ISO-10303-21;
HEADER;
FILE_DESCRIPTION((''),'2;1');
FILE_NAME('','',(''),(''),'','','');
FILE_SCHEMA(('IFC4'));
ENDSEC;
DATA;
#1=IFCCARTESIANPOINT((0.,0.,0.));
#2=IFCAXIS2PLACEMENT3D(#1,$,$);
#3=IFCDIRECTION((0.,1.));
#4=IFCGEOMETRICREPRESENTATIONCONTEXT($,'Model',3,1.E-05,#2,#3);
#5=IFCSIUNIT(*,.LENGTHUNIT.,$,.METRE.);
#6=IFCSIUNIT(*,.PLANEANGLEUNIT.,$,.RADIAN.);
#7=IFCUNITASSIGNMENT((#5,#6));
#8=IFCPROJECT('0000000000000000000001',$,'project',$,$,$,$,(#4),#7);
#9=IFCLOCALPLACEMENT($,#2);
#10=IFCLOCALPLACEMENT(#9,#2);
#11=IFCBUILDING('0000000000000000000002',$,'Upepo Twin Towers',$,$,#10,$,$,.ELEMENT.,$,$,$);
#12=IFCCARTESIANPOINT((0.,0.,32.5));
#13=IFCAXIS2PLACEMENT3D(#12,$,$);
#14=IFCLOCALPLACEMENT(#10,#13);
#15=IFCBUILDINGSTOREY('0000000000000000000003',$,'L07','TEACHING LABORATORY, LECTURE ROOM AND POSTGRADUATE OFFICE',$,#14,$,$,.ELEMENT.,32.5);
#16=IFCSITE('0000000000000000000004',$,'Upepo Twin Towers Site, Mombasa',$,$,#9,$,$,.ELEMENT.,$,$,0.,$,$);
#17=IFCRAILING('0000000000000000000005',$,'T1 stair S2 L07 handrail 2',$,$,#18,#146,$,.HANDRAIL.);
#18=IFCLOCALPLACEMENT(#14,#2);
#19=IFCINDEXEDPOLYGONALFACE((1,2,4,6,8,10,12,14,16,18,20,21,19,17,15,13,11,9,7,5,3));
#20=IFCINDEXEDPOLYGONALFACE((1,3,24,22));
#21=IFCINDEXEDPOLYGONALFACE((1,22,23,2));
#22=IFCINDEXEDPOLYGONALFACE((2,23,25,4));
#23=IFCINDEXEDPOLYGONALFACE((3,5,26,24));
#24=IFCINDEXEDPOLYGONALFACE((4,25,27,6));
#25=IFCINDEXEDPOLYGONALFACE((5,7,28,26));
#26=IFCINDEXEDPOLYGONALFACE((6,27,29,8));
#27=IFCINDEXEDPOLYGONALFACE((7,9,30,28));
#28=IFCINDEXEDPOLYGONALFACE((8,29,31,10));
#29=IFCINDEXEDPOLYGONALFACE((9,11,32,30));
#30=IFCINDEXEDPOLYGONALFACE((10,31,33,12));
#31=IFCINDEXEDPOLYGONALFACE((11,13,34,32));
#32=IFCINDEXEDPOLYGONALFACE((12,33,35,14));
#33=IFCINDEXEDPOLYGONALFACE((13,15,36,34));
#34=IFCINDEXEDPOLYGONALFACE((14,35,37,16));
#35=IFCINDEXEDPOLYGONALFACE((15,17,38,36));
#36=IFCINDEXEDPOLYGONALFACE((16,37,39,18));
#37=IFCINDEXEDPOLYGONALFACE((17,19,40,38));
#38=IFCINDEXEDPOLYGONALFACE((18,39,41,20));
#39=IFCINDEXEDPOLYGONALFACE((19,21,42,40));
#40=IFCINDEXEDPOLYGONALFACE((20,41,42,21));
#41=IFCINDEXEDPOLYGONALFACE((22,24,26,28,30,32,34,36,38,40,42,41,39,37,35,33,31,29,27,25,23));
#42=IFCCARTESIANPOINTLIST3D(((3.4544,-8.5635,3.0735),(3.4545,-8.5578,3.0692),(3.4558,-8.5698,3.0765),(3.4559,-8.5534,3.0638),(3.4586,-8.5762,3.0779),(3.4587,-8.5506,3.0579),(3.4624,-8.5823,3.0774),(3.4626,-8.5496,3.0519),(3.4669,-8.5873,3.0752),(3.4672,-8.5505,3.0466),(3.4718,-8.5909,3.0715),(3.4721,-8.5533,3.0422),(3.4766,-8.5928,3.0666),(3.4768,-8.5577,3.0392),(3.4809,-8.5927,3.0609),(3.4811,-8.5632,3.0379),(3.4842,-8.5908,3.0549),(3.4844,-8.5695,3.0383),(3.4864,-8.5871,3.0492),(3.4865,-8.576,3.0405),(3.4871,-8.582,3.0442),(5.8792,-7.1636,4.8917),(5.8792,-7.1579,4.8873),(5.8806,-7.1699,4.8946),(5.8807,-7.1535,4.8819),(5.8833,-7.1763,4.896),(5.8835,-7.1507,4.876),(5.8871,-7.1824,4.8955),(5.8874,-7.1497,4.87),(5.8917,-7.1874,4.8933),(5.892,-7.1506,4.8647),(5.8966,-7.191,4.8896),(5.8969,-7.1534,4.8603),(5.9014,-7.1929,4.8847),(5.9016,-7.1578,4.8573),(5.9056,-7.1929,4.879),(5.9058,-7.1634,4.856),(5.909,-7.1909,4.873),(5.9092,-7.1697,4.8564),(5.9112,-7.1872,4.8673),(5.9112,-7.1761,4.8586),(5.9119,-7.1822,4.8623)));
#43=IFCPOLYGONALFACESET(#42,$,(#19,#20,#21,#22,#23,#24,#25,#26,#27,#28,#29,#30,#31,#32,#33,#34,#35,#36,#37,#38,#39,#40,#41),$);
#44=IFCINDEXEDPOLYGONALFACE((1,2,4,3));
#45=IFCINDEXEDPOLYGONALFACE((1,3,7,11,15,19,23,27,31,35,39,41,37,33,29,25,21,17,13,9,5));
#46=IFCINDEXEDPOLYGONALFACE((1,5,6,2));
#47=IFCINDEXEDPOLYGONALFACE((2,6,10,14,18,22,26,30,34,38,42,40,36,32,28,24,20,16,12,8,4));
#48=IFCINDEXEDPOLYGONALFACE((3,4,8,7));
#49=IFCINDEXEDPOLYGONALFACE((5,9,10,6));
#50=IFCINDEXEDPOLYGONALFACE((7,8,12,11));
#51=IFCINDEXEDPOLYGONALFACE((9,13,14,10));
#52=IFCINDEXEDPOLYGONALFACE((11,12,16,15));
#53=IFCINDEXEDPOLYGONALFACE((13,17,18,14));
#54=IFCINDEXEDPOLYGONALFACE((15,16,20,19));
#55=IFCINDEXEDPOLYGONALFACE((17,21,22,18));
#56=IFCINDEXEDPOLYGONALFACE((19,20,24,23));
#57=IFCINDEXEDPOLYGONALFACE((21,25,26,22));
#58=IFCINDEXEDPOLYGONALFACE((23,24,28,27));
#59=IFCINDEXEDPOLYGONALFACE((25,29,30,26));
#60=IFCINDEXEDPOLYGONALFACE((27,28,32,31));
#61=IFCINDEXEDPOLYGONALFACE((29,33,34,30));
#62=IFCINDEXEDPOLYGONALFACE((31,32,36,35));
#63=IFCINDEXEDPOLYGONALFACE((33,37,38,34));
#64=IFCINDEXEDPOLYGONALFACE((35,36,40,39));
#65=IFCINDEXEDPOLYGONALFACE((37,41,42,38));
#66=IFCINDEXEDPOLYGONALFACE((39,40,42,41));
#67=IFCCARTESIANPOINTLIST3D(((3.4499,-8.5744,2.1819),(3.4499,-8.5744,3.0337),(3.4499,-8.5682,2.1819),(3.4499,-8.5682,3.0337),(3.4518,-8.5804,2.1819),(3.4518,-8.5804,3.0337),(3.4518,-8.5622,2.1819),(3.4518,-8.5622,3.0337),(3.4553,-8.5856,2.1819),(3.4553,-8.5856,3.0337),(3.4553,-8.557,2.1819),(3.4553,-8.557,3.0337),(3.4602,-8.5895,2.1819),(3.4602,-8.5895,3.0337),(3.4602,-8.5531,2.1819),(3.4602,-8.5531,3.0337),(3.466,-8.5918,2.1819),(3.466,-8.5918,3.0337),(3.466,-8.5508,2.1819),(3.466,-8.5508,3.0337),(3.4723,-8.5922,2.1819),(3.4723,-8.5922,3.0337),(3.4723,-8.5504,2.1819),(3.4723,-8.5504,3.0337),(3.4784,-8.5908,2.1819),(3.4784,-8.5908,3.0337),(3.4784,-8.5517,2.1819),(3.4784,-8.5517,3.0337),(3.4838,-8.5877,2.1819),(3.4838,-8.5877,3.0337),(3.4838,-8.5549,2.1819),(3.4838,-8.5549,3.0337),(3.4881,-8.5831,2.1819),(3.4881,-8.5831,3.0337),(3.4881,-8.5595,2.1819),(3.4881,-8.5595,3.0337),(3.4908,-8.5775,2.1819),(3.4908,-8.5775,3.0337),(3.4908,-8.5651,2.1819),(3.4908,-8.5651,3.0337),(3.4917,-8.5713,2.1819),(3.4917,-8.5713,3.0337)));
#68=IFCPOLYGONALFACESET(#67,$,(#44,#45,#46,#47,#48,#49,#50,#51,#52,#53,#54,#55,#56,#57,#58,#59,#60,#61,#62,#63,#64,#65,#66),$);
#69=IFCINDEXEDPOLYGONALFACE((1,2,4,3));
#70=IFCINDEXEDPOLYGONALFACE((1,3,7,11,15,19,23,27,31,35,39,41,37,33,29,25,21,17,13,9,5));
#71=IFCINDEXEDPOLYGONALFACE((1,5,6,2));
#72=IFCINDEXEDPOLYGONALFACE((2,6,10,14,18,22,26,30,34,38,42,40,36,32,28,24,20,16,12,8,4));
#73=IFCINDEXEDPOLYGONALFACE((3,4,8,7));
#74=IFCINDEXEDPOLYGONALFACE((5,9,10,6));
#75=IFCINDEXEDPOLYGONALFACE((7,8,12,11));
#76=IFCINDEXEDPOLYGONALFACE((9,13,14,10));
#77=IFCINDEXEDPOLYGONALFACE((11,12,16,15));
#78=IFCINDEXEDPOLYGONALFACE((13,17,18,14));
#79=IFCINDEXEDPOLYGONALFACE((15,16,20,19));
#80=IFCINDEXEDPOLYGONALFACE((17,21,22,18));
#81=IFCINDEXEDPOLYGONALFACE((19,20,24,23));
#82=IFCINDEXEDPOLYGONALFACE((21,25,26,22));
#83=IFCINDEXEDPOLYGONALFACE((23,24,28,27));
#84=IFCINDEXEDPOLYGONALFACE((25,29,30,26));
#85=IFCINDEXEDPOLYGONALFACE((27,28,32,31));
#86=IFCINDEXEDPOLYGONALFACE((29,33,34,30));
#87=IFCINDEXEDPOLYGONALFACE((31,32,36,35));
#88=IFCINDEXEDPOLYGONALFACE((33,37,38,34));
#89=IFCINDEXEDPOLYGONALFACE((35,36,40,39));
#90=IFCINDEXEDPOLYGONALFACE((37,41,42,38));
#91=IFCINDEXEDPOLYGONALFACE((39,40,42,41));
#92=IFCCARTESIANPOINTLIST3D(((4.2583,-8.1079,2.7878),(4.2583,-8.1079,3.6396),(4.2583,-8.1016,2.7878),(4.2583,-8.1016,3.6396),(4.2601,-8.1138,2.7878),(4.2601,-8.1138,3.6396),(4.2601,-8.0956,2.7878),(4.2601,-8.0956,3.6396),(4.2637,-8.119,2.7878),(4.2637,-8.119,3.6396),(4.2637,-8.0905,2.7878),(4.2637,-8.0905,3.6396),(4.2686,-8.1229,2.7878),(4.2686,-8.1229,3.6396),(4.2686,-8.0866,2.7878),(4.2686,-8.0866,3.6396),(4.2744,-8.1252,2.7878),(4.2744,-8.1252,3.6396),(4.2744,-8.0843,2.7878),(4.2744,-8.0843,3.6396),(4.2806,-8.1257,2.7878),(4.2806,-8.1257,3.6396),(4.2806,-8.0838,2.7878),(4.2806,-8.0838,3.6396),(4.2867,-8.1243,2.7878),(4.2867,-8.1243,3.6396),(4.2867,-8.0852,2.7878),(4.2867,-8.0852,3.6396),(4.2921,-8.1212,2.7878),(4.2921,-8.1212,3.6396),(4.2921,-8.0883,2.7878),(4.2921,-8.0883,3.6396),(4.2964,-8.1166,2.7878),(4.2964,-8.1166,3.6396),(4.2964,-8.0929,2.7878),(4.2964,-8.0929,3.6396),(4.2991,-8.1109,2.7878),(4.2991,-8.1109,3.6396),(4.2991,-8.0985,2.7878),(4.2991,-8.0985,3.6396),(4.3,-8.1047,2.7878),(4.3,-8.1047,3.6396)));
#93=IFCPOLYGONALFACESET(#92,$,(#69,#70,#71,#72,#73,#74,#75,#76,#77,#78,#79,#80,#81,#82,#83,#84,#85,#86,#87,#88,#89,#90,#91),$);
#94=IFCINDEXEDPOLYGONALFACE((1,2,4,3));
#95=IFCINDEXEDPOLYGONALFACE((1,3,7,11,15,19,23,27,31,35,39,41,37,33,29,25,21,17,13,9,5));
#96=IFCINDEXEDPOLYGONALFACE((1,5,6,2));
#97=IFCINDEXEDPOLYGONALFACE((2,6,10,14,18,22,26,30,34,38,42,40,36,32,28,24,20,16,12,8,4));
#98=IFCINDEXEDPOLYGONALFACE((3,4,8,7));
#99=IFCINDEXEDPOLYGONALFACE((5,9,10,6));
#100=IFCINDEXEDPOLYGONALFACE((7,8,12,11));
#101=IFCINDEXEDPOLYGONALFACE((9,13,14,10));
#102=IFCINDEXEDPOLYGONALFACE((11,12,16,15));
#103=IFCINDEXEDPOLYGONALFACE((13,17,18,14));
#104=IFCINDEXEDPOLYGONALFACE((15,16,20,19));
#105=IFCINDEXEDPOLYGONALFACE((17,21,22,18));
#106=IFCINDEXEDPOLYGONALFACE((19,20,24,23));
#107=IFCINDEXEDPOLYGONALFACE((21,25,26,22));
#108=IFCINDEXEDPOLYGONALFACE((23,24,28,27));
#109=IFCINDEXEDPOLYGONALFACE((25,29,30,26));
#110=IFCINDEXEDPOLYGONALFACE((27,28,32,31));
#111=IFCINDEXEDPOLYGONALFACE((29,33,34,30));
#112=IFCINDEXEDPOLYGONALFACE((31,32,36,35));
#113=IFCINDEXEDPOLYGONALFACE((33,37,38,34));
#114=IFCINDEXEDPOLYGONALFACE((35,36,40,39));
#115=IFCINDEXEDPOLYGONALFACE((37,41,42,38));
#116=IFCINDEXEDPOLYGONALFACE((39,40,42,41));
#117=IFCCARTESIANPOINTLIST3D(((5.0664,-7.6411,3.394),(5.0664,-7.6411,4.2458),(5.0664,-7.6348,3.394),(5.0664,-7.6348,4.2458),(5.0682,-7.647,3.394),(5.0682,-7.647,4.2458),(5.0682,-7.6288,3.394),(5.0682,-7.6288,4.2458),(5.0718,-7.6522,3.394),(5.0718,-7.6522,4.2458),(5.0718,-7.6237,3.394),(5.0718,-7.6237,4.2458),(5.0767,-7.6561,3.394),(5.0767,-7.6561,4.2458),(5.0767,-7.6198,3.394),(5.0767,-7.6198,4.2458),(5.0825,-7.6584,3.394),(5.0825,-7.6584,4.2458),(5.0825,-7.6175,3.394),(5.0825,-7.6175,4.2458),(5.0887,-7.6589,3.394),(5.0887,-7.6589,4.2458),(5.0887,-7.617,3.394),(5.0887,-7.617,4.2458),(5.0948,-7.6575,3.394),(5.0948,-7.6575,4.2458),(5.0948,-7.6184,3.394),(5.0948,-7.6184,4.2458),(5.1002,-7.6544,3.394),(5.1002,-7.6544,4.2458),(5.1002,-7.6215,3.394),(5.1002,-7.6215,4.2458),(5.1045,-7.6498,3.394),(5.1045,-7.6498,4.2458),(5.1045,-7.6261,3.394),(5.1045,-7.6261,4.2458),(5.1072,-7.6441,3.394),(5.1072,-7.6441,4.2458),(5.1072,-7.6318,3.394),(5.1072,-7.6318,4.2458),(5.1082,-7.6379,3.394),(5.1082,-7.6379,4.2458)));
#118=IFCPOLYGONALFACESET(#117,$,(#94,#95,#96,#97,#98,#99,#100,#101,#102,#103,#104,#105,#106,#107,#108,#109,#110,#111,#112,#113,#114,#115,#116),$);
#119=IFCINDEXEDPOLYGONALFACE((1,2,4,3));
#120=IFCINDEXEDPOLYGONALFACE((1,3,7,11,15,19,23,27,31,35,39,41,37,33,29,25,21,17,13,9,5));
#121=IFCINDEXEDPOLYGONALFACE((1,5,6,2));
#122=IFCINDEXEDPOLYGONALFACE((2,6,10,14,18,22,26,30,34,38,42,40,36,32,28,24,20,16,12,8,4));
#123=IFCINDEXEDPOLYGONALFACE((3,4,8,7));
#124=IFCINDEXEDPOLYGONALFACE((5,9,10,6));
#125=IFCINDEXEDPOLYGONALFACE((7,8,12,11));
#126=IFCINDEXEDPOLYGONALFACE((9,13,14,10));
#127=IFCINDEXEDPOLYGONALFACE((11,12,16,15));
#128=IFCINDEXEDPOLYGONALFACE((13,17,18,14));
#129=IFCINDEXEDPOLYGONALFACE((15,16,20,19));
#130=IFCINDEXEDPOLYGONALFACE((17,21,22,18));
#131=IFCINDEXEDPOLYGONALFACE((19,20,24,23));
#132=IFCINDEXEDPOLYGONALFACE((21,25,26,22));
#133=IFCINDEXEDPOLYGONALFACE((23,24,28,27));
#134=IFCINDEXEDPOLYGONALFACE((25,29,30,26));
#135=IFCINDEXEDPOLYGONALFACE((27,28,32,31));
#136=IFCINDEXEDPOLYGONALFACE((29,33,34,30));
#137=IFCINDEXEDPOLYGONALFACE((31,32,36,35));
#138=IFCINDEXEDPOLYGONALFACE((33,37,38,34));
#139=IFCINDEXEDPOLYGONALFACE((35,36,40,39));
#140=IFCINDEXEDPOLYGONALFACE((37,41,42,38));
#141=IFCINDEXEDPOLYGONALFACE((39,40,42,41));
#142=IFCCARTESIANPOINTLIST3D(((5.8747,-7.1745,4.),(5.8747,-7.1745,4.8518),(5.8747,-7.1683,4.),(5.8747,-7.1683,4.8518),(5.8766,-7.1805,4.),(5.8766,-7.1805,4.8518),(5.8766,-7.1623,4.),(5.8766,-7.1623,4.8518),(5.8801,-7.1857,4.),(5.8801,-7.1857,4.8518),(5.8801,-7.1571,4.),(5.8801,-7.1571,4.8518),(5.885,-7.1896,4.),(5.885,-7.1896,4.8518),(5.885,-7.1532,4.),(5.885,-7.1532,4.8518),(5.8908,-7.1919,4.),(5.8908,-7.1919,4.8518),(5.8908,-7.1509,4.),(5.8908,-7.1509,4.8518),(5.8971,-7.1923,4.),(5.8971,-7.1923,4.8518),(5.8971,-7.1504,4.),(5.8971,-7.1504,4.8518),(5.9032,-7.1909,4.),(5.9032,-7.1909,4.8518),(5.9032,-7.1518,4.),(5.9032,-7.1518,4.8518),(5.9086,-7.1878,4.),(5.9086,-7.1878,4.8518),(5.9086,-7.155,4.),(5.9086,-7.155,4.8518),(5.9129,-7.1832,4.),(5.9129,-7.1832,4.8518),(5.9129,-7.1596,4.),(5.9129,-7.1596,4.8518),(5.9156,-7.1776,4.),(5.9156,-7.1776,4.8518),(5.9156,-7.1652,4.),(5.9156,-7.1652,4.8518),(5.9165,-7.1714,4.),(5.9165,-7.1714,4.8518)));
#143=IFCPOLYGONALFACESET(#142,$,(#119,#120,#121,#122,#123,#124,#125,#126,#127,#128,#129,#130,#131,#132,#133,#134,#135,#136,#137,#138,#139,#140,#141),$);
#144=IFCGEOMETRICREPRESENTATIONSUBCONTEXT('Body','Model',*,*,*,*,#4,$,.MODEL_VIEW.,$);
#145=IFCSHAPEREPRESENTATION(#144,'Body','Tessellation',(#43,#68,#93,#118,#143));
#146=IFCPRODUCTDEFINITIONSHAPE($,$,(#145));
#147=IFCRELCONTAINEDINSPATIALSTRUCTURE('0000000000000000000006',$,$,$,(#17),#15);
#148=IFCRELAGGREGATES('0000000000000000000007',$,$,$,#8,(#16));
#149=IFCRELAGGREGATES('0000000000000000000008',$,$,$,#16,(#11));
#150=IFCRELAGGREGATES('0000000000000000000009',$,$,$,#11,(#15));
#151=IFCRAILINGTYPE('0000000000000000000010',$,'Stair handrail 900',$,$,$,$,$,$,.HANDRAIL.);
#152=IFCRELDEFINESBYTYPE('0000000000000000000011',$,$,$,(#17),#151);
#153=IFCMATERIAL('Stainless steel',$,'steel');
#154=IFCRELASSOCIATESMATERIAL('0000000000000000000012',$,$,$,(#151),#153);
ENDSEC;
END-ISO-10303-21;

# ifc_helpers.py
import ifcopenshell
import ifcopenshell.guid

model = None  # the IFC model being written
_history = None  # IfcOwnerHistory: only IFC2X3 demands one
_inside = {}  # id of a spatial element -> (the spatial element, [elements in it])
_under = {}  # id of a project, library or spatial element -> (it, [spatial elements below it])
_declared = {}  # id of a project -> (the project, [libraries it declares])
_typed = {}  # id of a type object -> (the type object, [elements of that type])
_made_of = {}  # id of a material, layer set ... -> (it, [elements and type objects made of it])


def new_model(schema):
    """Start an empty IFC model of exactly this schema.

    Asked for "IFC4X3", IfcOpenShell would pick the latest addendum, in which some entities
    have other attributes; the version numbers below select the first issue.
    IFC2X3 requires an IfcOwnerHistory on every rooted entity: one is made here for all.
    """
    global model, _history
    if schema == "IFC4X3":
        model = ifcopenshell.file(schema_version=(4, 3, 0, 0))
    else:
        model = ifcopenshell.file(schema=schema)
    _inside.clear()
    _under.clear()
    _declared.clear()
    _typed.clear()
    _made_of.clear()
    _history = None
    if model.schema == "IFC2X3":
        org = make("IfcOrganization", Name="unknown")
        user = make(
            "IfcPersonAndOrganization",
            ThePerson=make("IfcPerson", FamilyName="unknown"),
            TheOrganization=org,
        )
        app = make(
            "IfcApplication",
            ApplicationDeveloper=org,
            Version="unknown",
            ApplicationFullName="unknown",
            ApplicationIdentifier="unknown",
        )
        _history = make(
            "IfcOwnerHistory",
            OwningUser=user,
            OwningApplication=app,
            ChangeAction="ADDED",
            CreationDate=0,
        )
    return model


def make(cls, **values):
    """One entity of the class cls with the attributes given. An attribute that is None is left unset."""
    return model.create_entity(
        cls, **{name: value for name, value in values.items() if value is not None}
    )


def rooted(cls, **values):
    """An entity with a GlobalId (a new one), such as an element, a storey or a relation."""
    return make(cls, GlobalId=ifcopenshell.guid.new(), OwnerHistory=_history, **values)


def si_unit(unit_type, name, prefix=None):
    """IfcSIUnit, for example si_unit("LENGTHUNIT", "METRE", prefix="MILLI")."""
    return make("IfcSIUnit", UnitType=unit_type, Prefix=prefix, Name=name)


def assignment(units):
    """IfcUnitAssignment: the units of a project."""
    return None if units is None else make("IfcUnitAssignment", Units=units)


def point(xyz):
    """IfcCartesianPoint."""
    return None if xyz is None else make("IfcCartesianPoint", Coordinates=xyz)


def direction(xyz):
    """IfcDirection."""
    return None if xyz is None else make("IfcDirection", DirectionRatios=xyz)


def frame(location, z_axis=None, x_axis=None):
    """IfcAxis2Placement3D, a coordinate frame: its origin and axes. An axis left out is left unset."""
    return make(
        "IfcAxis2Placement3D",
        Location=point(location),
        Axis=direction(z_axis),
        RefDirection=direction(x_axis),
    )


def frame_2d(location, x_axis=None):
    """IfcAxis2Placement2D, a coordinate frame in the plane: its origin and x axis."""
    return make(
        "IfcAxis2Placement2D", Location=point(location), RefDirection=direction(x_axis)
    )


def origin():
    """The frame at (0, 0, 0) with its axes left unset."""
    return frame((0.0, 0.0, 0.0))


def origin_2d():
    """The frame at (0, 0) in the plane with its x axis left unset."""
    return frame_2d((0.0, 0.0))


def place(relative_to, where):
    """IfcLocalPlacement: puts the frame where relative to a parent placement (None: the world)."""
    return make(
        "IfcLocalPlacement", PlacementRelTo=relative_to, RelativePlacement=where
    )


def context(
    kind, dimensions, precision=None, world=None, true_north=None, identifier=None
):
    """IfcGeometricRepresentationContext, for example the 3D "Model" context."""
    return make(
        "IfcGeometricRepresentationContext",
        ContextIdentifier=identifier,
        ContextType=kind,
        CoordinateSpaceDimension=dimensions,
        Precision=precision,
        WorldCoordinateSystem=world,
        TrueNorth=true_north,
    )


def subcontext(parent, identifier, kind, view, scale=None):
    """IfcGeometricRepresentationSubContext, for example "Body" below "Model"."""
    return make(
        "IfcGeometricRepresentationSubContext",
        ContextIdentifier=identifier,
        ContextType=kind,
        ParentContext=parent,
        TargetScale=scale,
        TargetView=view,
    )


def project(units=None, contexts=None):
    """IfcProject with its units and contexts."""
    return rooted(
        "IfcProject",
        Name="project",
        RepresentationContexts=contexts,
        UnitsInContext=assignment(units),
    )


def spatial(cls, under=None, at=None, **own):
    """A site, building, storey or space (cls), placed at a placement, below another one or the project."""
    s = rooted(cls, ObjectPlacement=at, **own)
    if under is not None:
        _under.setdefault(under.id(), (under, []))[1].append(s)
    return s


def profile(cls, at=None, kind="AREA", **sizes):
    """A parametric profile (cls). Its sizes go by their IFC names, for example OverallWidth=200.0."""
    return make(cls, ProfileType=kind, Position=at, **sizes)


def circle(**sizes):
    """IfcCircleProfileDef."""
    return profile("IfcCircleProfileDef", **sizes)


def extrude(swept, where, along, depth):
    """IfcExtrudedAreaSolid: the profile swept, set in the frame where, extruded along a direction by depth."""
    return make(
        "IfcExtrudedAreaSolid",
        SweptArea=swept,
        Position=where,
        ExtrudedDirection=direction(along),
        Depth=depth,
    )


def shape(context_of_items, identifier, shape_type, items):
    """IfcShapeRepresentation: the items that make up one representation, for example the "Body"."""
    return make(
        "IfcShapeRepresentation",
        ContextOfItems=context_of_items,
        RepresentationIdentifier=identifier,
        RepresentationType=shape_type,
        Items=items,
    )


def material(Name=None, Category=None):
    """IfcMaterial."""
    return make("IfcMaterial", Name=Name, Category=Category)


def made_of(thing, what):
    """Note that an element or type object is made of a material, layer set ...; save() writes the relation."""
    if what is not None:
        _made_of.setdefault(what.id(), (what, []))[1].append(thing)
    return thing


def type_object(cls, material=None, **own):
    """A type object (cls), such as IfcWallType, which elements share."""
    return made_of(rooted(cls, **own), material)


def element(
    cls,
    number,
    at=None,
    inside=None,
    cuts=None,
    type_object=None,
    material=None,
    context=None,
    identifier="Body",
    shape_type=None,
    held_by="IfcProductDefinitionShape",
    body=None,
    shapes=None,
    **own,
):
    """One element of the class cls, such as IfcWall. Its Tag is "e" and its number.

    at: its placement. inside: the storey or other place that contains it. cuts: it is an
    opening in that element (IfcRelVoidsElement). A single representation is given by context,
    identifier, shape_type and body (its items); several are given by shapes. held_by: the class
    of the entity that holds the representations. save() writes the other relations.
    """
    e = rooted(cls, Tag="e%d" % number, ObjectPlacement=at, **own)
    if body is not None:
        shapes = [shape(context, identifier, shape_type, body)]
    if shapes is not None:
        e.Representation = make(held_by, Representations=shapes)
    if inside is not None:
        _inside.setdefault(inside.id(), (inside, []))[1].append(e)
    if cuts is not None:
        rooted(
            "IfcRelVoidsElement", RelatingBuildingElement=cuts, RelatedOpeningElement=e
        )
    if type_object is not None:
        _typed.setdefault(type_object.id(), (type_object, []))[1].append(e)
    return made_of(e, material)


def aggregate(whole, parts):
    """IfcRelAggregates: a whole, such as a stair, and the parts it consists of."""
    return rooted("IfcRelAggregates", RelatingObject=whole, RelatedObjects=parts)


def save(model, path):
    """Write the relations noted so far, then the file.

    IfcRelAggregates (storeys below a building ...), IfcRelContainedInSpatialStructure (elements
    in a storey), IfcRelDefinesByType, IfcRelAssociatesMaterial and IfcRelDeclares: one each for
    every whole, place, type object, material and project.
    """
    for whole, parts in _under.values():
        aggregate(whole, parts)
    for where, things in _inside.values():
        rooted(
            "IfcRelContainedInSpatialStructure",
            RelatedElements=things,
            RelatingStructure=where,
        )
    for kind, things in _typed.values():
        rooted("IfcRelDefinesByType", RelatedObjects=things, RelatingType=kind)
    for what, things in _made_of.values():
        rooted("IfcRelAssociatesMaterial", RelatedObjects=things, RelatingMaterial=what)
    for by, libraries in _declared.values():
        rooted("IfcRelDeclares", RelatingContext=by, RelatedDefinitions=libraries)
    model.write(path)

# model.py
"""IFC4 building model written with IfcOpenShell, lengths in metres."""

from ifc_helpers import new_model, si_unit, direction, frame, origin, origin_2d, place, context, subcontext, project, spatial, circle, extrude, material, type_object, element, save


model = new_model("IFC4")

# Units and contexts
model_context = context("Model", 3, precision=1e-05, world=origin(), true_north=direction((0.0, 1.0)))
body_context = subcontext(model_context, "Body", "Model", "MODEL_VIEW")
ifc_project = project(units=[si_unit("LENGTHUNIT", "METRE"), si_unit("PLANEANGLEUNIT", "RADIAN")], contexts=[model_context])

# Site, building, storey
site_placement = place(None, origin())
site = spatial("IfcSite", under=ifc_project, at=site_placement, Name="Upepo Twin Towers Site, Mombasa", CompositionType="ELEMENT", RefElevation=0.0)
building_placement = place(site_placement, origin())
building = spatial("IfcBuilding", under=site, at=building_placement, Name="Upepo Twin Towers", CompositionType="ELEMENT")
storey_placement = place(building_placement, frame((0.0, 0.0, 32.5)))
storey = spatial("IfcBuildingStorey", under=building, at=storey_placement, Name="L07", Description="TEACHING LABORATORY, LECTURE ROOM AND POSTGRADUATE OFFICE", CompositionType="ELEMENT", Elevation=32.5)

# Railing
ifc_material_1 = material(Name="Stainless steel", Category="steel")
railing_type = type_object("IfcRailingType", Name="Stair handrail 900", PredefinedType="HANDRAIL", material=ifc_material_1)
railing_1_placement = place(storey_placement, frame((3.4707, -8.5713, 2.1819)))
element("IfcRailing", 1, at=railing_1_placement, inside=storey, type_object=railing_type, Name="T1 stair S2 L07 handrail 2", PredefinedType="HANDRAIL", context=body_context, shape_type="SweptSolid", body=[
    extrude(circle(Radius=0.0239, at=origin_2d()), frame((0.0, 0.0, 0.876), z_axis=(0.726336, 0.419333, 0.544606), x_axis=(-0.499984, 0.866035, 0.0)), (0.0, 0.0, 1.0), 3.3384),
    extrude(circle(Radius=0.021, at=origin_2d()), origin(), (0.0, 0.0, 1.0), 0.8518),
    extrude(circle(Radius=0.021, at=origin_2d()), frame((0.8083, 0.4666, 0.606)), (0.0, 0.0, 1.0), 0.8518),
    extrude(circle(Radius=0.021, at=origin_2d()), frame((1.6165, 0.9333, 1.2122)), (0.0, 0.0, 1.0), 0.8518),
    extrude(circle(Radius=0.021, at=origin_2d()), frame((2.4248, 1.3999, 1.8181)), (0.0, 0.0, 1.0), 0.8518),
])

save(model, "model.ifc")
